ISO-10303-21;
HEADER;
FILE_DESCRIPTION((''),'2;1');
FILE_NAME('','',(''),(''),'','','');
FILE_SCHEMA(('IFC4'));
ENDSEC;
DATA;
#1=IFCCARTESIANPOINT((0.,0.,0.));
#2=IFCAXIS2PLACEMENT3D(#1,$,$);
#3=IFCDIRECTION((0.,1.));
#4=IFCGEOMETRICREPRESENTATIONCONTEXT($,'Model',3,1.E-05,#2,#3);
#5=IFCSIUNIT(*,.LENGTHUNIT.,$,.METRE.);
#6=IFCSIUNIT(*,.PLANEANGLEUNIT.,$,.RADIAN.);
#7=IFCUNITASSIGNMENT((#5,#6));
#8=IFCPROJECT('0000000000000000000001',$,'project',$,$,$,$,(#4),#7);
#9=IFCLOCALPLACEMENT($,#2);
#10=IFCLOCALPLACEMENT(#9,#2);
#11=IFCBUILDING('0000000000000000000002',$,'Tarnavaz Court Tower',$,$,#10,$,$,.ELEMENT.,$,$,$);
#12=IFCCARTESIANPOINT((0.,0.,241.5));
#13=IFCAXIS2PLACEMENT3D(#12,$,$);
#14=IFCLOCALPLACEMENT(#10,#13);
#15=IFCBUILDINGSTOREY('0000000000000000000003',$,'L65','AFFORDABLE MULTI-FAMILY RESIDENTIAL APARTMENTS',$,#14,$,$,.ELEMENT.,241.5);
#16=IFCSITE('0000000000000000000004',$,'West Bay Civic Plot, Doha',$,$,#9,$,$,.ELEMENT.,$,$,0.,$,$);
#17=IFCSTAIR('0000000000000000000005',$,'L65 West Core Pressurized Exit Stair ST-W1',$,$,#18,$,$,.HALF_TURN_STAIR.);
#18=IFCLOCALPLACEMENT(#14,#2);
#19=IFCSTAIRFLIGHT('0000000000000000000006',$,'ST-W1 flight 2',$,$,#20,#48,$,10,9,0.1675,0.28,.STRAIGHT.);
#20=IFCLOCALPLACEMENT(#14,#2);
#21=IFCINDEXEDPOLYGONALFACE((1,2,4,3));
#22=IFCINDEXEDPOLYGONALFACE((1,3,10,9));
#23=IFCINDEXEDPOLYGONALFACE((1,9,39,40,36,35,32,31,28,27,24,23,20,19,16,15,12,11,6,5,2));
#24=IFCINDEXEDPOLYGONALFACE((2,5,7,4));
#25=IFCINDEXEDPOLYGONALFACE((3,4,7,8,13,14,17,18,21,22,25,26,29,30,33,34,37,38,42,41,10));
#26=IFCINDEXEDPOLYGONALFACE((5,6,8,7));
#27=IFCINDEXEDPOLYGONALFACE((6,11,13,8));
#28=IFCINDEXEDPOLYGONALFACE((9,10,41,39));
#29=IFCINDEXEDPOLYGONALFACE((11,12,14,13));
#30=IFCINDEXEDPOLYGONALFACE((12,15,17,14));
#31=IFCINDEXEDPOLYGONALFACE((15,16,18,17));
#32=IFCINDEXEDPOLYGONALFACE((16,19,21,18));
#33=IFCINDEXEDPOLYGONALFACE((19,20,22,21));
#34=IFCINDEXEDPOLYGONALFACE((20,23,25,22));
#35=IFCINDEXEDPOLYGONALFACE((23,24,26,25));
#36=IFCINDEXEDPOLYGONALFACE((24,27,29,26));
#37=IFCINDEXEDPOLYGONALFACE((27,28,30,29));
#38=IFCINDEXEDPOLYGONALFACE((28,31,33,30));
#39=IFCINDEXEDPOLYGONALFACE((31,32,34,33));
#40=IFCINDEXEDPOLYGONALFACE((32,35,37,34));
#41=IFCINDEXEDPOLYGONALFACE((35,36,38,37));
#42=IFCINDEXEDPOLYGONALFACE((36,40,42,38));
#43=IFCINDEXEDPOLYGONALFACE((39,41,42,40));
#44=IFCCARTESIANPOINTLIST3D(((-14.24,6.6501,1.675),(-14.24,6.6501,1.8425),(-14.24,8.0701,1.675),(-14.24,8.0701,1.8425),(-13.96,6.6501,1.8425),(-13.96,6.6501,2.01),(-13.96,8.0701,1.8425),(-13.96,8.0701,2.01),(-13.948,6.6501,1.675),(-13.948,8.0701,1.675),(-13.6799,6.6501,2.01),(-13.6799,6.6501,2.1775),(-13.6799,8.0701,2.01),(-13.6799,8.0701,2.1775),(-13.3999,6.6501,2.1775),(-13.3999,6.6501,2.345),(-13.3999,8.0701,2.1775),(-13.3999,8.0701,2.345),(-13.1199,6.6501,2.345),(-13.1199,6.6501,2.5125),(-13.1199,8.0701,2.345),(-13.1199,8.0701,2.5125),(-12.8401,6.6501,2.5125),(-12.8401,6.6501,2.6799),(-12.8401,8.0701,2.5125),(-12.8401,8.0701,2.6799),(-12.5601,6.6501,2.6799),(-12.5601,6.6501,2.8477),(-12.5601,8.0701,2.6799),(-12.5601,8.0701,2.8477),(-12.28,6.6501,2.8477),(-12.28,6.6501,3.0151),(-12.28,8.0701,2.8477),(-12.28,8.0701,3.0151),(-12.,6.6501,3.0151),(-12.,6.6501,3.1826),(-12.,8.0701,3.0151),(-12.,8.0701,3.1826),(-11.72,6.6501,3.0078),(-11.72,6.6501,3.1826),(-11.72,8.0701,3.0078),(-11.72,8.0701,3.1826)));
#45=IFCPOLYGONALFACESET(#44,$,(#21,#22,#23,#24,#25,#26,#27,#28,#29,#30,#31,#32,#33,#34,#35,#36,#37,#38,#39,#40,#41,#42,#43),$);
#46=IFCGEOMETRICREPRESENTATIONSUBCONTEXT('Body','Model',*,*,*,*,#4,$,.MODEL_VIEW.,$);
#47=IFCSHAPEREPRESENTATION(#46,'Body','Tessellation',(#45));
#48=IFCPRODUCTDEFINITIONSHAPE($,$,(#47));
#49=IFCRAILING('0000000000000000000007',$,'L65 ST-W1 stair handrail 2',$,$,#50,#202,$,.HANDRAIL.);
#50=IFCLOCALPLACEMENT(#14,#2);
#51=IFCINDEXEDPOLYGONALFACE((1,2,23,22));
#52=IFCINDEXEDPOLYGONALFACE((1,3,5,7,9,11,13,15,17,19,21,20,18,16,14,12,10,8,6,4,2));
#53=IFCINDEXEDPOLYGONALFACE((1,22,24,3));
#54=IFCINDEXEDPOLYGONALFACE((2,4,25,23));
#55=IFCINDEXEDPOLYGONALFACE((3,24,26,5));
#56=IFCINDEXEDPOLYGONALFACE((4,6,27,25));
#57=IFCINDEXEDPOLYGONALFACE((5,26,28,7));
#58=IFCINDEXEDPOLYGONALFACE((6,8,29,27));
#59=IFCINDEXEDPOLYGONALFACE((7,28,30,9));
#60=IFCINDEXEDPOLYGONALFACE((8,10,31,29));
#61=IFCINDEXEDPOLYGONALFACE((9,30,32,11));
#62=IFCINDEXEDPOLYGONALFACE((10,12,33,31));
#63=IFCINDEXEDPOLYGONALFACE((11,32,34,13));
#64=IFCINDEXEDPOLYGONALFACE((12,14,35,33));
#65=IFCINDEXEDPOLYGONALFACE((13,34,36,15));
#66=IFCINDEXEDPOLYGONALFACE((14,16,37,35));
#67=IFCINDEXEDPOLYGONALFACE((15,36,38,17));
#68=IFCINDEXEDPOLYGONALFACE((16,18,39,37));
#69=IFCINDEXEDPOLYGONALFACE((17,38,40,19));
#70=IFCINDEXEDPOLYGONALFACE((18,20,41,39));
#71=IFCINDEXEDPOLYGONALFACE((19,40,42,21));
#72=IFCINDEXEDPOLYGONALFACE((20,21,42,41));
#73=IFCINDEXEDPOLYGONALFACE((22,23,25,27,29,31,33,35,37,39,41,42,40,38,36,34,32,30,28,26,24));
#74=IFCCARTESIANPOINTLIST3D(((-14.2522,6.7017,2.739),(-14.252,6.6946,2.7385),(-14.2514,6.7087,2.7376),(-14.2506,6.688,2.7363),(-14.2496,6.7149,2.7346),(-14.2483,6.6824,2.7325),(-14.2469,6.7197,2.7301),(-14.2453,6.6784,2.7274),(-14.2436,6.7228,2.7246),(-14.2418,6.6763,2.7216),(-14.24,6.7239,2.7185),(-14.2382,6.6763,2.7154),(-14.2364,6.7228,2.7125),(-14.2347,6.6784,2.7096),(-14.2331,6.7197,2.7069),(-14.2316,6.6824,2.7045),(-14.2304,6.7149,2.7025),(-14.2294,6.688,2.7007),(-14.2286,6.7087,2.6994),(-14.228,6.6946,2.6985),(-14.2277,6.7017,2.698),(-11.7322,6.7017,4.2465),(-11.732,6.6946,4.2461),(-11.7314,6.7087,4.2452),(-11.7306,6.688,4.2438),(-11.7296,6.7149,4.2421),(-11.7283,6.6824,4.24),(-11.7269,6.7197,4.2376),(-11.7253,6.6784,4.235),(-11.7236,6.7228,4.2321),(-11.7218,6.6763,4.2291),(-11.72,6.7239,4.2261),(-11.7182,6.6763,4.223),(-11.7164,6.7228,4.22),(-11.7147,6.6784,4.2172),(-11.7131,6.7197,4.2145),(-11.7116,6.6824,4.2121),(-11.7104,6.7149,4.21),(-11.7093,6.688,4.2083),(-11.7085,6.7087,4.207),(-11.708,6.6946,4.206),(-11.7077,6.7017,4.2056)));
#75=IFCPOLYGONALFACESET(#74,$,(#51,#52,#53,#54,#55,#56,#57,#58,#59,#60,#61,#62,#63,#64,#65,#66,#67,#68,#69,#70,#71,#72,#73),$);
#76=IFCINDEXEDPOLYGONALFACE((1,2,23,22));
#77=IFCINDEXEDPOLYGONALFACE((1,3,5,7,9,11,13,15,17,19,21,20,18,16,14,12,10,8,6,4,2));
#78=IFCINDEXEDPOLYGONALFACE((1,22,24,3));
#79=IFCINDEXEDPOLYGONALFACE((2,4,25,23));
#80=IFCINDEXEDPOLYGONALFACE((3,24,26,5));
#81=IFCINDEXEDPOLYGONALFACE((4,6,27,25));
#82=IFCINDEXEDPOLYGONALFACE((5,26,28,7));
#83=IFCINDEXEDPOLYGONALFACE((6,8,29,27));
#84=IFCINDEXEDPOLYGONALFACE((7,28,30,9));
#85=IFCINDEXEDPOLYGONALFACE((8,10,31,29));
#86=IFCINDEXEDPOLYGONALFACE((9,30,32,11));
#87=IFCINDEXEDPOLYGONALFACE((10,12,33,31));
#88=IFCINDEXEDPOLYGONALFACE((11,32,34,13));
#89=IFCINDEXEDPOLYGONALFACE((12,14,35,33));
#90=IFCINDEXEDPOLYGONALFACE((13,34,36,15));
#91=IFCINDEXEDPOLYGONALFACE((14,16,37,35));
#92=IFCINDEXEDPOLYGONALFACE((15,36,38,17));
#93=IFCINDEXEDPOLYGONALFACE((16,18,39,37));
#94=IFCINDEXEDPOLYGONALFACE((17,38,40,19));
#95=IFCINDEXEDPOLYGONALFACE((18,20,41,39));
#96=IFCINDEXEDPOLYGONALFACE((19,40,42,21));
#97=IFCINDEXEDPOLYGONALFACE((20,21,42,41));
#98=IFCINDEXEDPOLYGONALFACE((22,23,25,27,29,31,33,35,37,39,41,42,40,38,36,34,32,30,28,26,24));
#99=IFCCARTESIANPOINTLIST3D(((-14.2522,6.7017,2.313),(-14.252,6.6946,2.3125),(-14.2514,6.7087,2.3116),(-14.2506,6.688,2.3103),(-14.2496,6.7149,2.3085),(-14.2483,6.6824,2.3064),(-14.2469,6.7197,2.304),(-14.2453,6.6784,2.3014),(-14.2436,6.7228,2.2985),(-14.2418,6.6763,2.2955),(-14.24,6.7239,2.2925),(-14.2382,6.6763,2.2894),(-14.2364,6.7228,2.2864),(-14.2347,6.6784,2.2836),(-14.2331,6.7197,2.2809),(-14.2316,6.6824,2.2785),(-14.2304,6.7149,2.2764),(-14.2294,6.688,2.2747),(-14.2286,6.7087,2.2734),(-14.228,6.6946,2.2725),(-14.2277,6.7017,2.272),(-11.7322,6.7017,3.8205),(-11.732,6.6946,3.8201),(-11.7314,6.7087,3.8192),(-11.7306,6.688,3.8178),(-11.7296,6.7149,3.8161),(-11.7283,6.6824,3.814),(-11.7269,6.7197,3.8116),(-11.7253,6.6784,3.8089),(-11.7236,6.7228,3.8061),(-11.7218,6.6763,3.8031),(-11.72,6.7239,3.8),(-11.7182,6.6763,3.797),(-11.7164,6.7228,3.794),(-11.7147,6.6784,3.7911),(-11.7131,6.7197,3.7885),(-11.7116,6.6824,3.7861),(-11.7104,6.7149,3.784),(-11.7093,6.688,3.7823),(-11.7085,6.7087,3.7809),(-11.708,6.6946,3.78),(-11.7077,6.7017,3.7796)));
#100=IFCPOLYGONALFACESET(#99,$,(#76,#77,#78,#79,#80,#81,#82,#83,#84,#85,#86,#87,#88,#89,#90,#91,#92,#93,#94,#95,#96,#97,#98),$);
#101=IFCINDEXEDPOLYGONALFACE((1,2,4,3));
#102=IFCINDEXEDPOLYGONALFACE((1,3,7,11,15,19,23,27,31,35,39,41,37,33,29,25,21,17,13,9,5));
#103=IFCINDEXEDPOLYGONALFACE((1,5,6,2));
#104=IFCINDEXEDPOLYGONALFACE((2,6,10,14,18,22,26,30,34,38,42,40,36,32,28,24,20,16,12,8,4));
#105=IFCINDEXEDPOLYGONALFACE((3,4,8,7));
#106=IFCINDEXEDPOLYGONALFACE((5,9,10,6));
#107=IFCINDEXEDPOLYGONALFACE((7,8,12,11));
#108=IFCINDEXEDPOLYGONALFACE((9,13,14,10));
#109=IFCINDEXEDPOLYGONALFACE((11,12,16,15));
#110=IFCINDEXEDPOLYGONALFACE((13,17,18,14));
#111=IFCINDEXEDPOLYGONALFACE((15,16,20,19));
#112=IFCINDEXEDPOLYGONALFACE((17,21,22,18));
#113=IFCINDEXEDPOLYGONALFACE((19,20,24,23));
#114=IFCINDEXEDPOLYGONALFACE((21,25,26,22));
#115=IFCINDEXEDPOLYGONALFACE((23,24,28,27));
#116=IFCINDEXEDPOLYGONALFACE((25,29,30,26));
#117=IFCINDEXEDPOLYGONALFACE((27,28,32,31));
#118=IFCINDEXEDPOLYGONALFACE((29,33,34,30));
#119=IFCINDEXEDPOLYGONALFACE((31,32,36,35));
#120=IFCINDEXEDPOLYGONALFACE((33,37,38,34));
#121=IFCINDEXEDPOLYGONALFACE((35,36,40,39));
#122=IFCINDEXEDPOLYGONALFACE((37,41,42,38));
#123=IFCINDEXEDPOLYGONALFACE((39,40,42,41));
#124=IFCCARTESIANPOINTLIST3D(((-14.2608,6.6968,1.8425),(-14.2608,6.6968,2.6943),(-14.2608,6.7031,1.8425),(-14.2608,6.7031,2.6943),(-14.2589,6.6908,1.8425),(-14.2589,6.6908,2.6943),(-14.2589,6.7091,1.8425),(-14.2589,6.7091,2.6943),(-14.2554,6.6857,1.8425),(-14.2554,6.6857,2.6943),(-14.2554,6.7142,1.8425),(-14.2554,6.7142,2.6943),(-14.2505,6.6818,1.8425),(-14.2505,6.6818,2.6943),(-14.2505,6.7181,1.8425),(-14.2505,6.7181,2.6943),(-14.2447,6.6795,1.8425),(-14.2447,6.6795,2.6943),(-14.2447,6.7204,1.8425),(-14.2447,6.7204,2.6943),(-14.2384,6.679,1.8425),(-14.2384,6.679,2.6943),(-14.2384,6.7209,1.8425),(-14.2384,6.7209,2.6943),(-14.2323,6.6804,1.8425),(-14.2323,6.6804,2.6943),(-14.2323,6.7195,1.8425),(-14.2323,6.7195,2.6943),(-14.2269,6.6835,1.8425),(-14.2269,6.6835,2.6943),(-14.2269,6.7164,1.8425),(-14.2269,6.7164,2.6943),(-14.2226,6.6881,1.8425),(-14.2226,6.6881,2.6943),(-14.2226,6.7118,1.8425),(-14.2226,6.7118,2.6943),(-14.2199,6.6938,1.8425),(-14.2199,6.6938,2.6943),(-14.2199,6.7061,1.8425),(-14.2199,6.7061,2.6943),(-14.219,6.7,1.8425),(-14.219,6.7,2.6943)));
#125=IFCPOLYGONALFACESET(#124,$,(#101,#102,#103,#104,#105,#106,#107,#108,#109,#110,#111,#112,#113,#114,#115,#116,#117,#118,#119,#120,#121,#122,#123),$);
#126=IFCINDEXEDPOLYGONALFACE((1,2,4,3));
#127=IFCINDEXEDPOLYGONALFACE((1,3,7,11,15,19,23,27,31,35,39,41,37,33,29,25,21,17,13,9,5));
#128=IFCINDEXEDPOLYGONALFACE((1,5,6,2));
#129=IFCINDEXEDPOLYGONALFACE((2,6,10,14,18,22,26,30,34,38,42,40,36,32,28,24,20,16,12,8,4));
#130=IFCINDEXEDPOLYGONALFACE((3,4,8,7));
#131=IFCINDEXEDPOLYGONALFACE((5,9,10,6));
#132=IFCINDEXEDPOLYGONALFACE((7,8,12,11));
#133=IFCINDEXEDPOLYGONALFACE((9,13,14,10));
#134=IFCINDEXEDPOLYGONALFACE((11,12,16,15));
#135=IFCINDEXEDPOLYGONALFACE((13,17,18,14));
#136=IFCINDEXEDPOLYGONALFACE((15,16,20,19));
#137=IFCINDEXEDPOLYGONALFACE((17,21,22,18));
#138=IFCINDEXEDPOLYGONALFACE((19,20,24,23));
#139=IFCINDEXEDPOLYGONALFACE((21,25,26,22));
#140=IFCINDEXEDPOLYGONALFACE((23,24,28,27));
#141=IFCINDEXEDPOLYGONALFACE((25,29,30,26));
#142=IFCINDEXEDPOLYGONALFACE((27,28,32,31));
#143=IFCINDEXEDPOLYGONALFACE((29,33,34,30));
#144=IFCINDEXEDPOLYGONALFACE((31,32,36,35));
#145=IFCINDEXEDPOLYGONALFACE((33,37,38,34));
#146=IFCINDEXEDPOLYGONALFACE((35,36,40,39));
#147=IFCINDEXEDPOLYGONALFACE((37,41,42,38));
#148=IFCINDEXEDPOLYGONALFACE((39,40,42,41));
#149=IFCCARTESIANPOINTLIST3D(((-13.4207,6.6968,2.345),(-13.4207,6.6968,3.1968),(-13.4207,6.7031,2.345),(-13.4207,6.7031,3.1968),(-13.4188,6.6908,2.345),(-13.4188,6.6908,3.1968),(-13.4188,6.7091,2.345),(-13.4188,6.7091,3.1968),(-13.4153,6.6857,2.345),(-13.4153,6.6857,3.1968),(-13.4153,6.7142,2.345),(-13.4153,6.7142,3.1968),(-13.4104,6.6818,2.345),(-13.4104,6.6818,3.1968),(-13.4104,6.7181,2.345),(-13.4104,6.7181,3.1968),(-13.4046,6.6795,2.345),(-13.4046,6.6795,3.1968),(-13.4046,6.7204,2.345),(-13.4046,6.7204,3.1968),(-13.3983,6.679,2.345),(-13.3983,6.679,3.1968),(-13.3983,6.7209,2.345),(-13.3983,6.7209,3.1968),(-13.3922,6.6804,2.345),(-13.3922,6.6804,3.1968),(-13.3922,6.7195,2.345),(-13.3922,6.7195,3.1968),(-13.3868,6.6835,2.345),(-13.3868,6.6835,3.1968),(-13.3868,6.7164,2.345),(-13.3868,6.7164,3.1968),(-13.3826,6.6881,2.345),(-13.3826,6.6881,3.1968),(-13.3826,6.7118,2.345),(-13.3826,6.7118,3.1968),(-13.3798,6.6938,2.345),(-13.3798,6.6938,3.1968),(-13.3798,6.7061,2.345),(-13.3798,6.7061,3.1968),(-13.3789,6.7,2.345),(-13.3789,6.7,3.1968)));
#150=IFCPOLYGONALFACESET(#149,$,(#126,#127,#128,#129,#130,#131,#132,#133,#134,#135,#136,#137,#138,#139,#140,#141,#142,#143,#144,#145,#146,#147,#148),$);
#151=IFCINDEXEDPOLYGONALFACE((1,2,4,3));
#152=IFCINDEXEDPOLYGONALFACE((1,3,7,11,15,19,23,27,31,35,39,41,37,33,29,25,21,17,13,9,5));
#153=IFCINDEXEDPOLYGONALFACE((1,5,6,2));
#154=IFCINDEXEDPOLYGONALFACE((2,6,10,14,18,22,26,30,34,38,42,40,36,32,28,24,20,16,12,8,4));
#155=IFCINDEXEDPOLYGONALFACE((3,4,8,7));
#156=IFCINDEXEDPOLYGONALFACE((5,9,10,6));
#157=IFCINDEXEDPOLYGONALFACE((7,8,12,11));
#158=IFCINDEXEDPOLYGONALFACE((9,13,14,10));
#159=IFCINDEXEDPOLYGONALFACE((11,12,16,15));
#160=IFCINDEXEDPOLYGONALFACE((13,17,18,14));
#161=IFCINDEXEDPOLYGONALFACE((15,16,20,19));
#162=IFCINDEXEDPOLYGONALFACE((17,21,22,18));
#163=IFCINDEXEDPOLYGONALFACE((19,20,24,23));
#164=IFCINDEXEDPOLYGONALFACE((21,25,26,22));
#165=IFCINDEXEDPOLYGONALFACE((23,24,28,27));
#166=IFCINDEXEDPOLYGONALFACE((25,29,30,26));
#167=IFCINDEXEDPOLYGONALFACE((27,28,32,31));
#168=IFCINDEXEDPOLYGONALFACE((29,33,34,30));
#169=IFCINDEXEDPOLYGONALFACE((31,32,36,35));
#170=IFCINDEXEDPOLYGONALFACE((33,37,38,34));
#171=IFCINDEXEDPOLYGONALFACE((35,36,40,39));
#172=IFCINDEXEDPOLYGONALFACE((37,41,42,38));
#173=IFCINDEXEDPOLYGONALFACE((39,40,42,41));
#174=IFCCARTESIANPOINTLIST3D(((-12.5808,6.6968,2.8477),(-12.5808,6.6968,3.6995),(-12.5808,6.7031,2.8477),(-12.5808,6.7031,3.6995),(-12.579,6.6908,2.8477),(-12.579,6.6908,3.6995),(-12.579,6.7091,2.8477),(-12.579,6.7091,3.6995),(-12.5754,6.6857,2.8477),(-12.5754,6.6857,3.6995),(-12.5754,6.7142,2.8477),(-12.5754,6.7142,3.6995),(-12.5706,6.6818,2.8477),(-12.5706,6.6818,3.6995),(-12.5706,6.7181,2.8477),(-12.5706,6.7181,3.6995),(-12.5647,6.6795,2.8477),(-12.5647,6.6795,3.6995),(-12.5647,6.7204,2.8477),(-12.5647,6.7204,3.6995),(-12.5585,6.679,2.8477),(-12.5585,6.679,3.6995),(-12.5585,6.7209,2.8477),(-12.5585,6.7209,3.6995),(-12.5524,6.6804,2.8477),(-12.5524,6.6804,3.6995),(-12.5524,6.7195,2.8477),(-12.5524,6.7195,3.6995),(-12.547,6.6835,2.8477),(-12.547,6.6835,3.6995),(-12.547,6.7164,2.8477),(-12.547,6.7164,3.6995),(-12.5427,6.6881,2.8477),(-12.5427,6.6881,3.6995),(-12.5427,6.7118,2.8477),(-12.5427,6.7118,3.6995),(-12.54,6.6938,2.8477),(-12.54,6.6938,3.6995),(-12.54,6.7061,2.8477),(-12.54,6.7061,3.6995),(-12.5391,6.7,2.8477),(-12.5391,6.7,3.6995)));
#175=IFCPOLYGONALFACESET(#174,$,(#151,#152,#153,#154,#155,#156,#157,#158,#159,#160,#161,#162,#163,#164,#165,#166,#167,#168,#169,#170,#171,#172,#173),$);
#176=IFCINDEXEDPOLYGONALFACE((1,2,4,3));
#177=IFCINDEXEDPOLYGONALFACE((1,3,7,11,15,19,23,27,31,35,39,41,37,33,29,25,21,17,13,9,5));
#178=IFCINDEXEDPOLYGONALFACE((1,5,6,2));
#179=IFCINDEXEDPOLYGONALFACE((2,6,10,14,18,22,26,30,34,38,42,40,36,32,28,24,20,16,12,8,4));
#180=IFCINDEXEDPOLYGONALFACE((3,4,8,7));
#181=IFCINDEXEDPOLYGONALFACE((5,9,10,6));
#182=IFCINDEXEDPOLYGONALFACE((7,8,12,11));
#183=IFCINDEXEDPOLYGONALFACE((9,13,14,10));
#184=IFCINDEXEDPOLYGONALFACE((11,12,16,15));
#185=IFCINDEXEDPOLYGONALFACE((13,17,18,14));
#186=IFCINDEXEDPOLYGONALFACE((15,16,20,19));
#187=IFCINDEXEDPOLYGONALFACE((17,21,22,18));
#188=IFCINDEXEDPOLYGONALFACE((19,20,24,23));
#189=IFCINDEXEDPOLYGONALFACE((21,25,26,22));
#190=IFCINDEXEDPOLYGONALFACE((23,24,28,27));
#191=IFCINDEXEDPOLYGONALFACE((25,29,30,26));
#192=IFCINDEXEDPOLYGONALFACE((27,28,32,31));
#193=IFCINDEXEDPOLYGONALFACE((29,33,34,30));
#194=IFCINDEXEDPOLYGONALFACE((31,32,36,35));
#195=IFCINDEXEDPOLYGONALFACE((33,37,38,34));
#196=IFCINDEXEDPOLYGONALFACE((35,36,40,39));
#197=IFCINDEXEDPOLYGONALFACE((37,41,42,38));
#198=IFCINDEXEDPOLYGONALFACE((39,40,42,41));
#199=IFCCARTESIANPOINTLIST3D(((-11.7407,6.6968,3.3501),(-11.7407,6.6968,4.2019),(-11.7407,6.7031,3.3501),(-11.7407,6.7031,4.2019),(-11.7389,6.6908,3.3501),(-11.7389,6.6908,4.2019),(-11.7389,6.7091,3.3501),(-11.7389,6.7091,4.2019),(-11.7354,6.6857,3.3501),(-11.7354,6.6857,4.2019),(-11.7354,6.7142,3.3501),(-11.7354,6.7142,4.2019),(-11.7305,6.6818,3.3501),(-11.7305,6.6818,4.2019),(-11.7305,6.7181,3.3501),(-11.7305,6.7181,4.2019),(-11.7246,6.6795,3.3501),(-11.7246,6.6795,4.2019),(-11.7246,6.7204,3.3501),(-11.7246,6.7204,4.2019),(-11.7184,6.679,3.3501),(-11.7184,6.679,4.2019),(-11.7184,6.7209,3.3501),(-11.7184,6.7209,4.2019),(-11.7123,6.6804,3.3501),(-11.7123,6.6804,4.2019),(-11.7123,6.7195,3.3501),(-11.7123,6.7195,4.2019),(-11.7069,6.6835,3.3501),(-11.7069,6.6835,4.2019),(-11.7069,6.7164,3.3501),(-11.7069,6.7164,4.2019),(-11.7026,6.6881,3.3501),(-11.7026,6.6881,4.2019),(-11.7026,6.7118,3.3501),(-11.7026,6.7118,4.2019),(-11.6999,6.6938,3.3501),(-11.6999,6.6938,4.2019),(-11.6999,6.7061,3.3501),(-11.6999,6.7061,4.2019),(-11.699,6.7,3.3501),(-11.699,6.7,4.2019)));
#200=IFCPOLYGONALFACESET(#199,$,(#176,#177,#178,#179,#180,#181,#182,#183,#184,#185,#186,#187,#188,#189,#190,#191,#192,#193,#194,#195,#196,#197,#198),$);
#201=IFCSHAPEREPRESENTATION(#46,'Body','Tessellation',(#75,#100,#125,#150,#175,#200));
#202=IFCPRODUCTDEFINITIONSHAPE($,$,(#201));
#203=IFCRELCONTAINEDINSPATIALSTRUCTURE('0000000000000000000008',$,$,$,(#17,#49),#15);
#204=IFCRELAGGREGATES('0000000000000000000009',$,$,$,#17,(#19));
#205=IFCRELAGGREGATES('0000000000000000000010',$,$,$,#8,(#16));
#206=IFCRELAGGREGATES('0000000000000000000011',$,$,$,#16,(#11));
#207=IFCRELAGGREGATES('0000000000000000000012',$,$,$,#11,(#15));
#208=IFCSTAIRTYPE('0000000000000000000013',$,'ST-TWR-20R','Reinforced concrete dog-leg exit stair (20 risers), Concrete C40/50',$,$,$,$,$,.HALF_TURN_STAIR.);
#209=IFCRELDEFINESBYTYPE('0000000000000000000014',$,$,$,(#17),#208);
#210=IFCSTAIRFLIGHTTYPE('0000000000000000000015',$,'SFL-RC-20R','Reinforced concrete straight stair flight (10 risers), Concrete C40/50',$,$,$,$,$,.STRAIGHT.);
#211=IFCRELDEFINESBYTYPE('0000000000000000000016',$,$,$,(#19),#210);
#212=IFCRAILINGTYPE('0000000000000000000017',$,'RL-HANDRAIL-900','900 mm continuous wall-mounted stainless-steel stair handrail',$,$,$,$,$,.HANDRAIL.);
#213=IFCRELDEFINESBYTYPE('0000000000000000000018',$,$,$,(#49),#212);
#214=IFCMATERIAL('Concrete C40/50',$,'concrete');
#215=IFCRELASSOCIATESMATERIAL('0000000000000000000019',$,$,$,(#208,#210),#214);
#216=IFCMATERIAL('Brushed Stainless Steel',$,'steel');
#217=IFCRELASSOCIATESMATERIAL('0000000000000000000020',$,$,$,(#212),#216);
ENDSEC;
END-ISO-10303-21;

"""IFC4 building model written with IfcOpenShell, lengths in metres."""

from ifc_helpers import new_model, si_unit, direction, frame, origin, origin_2d, place, context, subcontext, project, spatial, polyline, circle, outline, extrude, material, type_object, element, aggregate, save


model = new_model("IFC4")

# Units and contexts
model_context = context("Model", 3, precision=1e-05, world=origin(), true_north=direction((0.0, 1.0)))
body_context = subcontext(model_context, "Body", "Model", "MODEL_VIEW")
ifc_project = project(units=[si_unit("LENGTHUNIT", "METRE"), si_unit("PLANEANGLEUNIT", "RADIAN")], contexts=[model_context])

# Site, building, storey
site_placement = place(None, origin())
site = spatial("IfcSite", under=ifc_project, at=site_placement, Name="West Bay Civic Plot, Doha", CompositionType="ELEMENT", RefElevation=0.0)
building_placement = place(site_placement, origin())
building = spatial("IfcBuilding", under=site, at=building_placement, Name="Tarnavaz Court Tower", CompositionType="ELEMENT")
storey_placement = place(building_placement, frame((0.0, 0.0, 241.5)))
storey = spatial("IfcBuildingStorey", under=building, at=storey_placement, Name="L65", Description="AFFORDABLE MULTI-FAMILY RESIDENTIAL APARTMENTS", CompositionType="ELEMENT", Elevation=241.5)

# Stair, stair flight
ifc_material_1 = material(Name="Concrete C40/50", Category="concrete")
stair_type = type_object("IfcStairType", Name="ST-TWR-20R", Description="Reinforced concrete dog-leg exit stair (20 risers), Concrete C40/50", PredefinedType="HALF_TURN_STAIR", material=ifc_material_1)
stair_placement = place(storey_placement, origin())
stair = element("IfcStair", 1, at=stair_placement, inside=storey, type_object=stair_type, Name="L65 West Core Pressurized Exit Stair ST-W1", PredefinedType="HALF_TURN_STAIR")
stair_flight_type = type_object("IfcStairFlightType", Name="SFL-RC-20R", Description="Reinforced concrete straight stair flight (10 risers), Concrete C40/50", PredefinedType="STRAIGHT", material=ifc_material_1)
stair_flight_placement = place(storey_placement, frame((-14.24, 7.3601, 1.675), z_axis=(0.0, 0.0, 1.0), x_axis=(1.0, 0.0, 0.0)))
stair_flight = element("IfcStairFlight", 2, at=stair_flight_placement, type_object=stair_flight_type, Name="ST-W1 flight 2", NumberOfRisers=10, NumberOfTreads=9, PredefinedType="STRAIGHT", RiserHeight=0.1675, TreadLength=0.28, context=body_context, shape_type="SweptSolid", body=[
    extrude(outline(polyline([(0.0, 0.0), (0.0, 0.1675), (0.28, 0.1675), (0.28, 0.335), (0.5601, 0.335), (0.5601, 0.5024), (0.8401, 0.5024), (0.8401, 0.6699), (1.1201, 0.6699), (1.1201, 0.8374), (1.3999, 0.8374), (1.3999, 1.0049), (1.6799, 1.0049), (1.6799, 1.1726), (1.96, 1.1726), (1.96, 1.3401), (2.24, 1.3401), (2.24, 1.5076), (2.52, 1.5076), (2.52, 1.675), (2.52, 1.3328), (0.292, 0.0), (0.0, 0.0)])), frame((0.0, 0.71, 0.0), z_axis=(0.0, -1.0, 0.0), x_axis=(1.0, 0.0, 0.0)), (0.0, 0.0, 1.0), 1.4199),
])
aggregate(stair, [stair_flight])

# Railing
ifc_material_2 = material(Name="Brushed Stainless Steel", Category="steel")
railing_type_1 = type_object("IfcRailingType", Name="RL-HANDRAIL-900", Description="900 mm continuous wall-mounted stainless-steel stair handrail", PredefinedType="HANDRAIL", material=ifc_material_2)
railing_1_placement = place(storey_placement, frame((-14.24, 6.7, 1.8425)))
element("IfcRailing", 3, at=railing_1_placement, inside=storey, type_object=railing_type_1, Name="L65 ST-W1 stair handrail 2", PredefinedType="HANDRAIL", context=body_context, shape_type="SweptSolid", body=[
    extrude(circle(Radius=0.0239, at=origin_2d()), frame((0.0, 0.0, 0.876), z_axis=(0.85816, 0.0, 0.513383), x_axis=(0.0, 1.0, 0.0)), (0.0, 0.0, 1.0), 2.9365),
    extrude(circle(Radius=0.0239, at=origin_2d()), frame((0.0, 0.0, 0.45), z_axis=(0.85816, 0.0, 0.513383), x_axis=(0.0, 1.0, 0.0)), (0.0, 0.0, 1.0), 2.9365),
    extrude(circle(Radius=0.021, at=origin_2d()), origin(), (0.0, 0.0, 1.0), 0.8518),
    extrude(circle(Radius=0.021, at=origin_2d()), frame((0.8401, 0.0, 0.5024)), (0.0, 0.0, 1.0), 0.8518),
    extrude(circle(Radius=0.021, at=origin_2d()), frame((1.6799, 0.0, 1.0051)), (0.0, 0.0, 1.0), 0.8518),
    extrude(circle(Radius=0.021, at=origin_2d()), frame((2.52, 0.0, 1.5076)), (0.0, 0.0, 1.0), 0.8518),
])

save(model, "model.ifc")
